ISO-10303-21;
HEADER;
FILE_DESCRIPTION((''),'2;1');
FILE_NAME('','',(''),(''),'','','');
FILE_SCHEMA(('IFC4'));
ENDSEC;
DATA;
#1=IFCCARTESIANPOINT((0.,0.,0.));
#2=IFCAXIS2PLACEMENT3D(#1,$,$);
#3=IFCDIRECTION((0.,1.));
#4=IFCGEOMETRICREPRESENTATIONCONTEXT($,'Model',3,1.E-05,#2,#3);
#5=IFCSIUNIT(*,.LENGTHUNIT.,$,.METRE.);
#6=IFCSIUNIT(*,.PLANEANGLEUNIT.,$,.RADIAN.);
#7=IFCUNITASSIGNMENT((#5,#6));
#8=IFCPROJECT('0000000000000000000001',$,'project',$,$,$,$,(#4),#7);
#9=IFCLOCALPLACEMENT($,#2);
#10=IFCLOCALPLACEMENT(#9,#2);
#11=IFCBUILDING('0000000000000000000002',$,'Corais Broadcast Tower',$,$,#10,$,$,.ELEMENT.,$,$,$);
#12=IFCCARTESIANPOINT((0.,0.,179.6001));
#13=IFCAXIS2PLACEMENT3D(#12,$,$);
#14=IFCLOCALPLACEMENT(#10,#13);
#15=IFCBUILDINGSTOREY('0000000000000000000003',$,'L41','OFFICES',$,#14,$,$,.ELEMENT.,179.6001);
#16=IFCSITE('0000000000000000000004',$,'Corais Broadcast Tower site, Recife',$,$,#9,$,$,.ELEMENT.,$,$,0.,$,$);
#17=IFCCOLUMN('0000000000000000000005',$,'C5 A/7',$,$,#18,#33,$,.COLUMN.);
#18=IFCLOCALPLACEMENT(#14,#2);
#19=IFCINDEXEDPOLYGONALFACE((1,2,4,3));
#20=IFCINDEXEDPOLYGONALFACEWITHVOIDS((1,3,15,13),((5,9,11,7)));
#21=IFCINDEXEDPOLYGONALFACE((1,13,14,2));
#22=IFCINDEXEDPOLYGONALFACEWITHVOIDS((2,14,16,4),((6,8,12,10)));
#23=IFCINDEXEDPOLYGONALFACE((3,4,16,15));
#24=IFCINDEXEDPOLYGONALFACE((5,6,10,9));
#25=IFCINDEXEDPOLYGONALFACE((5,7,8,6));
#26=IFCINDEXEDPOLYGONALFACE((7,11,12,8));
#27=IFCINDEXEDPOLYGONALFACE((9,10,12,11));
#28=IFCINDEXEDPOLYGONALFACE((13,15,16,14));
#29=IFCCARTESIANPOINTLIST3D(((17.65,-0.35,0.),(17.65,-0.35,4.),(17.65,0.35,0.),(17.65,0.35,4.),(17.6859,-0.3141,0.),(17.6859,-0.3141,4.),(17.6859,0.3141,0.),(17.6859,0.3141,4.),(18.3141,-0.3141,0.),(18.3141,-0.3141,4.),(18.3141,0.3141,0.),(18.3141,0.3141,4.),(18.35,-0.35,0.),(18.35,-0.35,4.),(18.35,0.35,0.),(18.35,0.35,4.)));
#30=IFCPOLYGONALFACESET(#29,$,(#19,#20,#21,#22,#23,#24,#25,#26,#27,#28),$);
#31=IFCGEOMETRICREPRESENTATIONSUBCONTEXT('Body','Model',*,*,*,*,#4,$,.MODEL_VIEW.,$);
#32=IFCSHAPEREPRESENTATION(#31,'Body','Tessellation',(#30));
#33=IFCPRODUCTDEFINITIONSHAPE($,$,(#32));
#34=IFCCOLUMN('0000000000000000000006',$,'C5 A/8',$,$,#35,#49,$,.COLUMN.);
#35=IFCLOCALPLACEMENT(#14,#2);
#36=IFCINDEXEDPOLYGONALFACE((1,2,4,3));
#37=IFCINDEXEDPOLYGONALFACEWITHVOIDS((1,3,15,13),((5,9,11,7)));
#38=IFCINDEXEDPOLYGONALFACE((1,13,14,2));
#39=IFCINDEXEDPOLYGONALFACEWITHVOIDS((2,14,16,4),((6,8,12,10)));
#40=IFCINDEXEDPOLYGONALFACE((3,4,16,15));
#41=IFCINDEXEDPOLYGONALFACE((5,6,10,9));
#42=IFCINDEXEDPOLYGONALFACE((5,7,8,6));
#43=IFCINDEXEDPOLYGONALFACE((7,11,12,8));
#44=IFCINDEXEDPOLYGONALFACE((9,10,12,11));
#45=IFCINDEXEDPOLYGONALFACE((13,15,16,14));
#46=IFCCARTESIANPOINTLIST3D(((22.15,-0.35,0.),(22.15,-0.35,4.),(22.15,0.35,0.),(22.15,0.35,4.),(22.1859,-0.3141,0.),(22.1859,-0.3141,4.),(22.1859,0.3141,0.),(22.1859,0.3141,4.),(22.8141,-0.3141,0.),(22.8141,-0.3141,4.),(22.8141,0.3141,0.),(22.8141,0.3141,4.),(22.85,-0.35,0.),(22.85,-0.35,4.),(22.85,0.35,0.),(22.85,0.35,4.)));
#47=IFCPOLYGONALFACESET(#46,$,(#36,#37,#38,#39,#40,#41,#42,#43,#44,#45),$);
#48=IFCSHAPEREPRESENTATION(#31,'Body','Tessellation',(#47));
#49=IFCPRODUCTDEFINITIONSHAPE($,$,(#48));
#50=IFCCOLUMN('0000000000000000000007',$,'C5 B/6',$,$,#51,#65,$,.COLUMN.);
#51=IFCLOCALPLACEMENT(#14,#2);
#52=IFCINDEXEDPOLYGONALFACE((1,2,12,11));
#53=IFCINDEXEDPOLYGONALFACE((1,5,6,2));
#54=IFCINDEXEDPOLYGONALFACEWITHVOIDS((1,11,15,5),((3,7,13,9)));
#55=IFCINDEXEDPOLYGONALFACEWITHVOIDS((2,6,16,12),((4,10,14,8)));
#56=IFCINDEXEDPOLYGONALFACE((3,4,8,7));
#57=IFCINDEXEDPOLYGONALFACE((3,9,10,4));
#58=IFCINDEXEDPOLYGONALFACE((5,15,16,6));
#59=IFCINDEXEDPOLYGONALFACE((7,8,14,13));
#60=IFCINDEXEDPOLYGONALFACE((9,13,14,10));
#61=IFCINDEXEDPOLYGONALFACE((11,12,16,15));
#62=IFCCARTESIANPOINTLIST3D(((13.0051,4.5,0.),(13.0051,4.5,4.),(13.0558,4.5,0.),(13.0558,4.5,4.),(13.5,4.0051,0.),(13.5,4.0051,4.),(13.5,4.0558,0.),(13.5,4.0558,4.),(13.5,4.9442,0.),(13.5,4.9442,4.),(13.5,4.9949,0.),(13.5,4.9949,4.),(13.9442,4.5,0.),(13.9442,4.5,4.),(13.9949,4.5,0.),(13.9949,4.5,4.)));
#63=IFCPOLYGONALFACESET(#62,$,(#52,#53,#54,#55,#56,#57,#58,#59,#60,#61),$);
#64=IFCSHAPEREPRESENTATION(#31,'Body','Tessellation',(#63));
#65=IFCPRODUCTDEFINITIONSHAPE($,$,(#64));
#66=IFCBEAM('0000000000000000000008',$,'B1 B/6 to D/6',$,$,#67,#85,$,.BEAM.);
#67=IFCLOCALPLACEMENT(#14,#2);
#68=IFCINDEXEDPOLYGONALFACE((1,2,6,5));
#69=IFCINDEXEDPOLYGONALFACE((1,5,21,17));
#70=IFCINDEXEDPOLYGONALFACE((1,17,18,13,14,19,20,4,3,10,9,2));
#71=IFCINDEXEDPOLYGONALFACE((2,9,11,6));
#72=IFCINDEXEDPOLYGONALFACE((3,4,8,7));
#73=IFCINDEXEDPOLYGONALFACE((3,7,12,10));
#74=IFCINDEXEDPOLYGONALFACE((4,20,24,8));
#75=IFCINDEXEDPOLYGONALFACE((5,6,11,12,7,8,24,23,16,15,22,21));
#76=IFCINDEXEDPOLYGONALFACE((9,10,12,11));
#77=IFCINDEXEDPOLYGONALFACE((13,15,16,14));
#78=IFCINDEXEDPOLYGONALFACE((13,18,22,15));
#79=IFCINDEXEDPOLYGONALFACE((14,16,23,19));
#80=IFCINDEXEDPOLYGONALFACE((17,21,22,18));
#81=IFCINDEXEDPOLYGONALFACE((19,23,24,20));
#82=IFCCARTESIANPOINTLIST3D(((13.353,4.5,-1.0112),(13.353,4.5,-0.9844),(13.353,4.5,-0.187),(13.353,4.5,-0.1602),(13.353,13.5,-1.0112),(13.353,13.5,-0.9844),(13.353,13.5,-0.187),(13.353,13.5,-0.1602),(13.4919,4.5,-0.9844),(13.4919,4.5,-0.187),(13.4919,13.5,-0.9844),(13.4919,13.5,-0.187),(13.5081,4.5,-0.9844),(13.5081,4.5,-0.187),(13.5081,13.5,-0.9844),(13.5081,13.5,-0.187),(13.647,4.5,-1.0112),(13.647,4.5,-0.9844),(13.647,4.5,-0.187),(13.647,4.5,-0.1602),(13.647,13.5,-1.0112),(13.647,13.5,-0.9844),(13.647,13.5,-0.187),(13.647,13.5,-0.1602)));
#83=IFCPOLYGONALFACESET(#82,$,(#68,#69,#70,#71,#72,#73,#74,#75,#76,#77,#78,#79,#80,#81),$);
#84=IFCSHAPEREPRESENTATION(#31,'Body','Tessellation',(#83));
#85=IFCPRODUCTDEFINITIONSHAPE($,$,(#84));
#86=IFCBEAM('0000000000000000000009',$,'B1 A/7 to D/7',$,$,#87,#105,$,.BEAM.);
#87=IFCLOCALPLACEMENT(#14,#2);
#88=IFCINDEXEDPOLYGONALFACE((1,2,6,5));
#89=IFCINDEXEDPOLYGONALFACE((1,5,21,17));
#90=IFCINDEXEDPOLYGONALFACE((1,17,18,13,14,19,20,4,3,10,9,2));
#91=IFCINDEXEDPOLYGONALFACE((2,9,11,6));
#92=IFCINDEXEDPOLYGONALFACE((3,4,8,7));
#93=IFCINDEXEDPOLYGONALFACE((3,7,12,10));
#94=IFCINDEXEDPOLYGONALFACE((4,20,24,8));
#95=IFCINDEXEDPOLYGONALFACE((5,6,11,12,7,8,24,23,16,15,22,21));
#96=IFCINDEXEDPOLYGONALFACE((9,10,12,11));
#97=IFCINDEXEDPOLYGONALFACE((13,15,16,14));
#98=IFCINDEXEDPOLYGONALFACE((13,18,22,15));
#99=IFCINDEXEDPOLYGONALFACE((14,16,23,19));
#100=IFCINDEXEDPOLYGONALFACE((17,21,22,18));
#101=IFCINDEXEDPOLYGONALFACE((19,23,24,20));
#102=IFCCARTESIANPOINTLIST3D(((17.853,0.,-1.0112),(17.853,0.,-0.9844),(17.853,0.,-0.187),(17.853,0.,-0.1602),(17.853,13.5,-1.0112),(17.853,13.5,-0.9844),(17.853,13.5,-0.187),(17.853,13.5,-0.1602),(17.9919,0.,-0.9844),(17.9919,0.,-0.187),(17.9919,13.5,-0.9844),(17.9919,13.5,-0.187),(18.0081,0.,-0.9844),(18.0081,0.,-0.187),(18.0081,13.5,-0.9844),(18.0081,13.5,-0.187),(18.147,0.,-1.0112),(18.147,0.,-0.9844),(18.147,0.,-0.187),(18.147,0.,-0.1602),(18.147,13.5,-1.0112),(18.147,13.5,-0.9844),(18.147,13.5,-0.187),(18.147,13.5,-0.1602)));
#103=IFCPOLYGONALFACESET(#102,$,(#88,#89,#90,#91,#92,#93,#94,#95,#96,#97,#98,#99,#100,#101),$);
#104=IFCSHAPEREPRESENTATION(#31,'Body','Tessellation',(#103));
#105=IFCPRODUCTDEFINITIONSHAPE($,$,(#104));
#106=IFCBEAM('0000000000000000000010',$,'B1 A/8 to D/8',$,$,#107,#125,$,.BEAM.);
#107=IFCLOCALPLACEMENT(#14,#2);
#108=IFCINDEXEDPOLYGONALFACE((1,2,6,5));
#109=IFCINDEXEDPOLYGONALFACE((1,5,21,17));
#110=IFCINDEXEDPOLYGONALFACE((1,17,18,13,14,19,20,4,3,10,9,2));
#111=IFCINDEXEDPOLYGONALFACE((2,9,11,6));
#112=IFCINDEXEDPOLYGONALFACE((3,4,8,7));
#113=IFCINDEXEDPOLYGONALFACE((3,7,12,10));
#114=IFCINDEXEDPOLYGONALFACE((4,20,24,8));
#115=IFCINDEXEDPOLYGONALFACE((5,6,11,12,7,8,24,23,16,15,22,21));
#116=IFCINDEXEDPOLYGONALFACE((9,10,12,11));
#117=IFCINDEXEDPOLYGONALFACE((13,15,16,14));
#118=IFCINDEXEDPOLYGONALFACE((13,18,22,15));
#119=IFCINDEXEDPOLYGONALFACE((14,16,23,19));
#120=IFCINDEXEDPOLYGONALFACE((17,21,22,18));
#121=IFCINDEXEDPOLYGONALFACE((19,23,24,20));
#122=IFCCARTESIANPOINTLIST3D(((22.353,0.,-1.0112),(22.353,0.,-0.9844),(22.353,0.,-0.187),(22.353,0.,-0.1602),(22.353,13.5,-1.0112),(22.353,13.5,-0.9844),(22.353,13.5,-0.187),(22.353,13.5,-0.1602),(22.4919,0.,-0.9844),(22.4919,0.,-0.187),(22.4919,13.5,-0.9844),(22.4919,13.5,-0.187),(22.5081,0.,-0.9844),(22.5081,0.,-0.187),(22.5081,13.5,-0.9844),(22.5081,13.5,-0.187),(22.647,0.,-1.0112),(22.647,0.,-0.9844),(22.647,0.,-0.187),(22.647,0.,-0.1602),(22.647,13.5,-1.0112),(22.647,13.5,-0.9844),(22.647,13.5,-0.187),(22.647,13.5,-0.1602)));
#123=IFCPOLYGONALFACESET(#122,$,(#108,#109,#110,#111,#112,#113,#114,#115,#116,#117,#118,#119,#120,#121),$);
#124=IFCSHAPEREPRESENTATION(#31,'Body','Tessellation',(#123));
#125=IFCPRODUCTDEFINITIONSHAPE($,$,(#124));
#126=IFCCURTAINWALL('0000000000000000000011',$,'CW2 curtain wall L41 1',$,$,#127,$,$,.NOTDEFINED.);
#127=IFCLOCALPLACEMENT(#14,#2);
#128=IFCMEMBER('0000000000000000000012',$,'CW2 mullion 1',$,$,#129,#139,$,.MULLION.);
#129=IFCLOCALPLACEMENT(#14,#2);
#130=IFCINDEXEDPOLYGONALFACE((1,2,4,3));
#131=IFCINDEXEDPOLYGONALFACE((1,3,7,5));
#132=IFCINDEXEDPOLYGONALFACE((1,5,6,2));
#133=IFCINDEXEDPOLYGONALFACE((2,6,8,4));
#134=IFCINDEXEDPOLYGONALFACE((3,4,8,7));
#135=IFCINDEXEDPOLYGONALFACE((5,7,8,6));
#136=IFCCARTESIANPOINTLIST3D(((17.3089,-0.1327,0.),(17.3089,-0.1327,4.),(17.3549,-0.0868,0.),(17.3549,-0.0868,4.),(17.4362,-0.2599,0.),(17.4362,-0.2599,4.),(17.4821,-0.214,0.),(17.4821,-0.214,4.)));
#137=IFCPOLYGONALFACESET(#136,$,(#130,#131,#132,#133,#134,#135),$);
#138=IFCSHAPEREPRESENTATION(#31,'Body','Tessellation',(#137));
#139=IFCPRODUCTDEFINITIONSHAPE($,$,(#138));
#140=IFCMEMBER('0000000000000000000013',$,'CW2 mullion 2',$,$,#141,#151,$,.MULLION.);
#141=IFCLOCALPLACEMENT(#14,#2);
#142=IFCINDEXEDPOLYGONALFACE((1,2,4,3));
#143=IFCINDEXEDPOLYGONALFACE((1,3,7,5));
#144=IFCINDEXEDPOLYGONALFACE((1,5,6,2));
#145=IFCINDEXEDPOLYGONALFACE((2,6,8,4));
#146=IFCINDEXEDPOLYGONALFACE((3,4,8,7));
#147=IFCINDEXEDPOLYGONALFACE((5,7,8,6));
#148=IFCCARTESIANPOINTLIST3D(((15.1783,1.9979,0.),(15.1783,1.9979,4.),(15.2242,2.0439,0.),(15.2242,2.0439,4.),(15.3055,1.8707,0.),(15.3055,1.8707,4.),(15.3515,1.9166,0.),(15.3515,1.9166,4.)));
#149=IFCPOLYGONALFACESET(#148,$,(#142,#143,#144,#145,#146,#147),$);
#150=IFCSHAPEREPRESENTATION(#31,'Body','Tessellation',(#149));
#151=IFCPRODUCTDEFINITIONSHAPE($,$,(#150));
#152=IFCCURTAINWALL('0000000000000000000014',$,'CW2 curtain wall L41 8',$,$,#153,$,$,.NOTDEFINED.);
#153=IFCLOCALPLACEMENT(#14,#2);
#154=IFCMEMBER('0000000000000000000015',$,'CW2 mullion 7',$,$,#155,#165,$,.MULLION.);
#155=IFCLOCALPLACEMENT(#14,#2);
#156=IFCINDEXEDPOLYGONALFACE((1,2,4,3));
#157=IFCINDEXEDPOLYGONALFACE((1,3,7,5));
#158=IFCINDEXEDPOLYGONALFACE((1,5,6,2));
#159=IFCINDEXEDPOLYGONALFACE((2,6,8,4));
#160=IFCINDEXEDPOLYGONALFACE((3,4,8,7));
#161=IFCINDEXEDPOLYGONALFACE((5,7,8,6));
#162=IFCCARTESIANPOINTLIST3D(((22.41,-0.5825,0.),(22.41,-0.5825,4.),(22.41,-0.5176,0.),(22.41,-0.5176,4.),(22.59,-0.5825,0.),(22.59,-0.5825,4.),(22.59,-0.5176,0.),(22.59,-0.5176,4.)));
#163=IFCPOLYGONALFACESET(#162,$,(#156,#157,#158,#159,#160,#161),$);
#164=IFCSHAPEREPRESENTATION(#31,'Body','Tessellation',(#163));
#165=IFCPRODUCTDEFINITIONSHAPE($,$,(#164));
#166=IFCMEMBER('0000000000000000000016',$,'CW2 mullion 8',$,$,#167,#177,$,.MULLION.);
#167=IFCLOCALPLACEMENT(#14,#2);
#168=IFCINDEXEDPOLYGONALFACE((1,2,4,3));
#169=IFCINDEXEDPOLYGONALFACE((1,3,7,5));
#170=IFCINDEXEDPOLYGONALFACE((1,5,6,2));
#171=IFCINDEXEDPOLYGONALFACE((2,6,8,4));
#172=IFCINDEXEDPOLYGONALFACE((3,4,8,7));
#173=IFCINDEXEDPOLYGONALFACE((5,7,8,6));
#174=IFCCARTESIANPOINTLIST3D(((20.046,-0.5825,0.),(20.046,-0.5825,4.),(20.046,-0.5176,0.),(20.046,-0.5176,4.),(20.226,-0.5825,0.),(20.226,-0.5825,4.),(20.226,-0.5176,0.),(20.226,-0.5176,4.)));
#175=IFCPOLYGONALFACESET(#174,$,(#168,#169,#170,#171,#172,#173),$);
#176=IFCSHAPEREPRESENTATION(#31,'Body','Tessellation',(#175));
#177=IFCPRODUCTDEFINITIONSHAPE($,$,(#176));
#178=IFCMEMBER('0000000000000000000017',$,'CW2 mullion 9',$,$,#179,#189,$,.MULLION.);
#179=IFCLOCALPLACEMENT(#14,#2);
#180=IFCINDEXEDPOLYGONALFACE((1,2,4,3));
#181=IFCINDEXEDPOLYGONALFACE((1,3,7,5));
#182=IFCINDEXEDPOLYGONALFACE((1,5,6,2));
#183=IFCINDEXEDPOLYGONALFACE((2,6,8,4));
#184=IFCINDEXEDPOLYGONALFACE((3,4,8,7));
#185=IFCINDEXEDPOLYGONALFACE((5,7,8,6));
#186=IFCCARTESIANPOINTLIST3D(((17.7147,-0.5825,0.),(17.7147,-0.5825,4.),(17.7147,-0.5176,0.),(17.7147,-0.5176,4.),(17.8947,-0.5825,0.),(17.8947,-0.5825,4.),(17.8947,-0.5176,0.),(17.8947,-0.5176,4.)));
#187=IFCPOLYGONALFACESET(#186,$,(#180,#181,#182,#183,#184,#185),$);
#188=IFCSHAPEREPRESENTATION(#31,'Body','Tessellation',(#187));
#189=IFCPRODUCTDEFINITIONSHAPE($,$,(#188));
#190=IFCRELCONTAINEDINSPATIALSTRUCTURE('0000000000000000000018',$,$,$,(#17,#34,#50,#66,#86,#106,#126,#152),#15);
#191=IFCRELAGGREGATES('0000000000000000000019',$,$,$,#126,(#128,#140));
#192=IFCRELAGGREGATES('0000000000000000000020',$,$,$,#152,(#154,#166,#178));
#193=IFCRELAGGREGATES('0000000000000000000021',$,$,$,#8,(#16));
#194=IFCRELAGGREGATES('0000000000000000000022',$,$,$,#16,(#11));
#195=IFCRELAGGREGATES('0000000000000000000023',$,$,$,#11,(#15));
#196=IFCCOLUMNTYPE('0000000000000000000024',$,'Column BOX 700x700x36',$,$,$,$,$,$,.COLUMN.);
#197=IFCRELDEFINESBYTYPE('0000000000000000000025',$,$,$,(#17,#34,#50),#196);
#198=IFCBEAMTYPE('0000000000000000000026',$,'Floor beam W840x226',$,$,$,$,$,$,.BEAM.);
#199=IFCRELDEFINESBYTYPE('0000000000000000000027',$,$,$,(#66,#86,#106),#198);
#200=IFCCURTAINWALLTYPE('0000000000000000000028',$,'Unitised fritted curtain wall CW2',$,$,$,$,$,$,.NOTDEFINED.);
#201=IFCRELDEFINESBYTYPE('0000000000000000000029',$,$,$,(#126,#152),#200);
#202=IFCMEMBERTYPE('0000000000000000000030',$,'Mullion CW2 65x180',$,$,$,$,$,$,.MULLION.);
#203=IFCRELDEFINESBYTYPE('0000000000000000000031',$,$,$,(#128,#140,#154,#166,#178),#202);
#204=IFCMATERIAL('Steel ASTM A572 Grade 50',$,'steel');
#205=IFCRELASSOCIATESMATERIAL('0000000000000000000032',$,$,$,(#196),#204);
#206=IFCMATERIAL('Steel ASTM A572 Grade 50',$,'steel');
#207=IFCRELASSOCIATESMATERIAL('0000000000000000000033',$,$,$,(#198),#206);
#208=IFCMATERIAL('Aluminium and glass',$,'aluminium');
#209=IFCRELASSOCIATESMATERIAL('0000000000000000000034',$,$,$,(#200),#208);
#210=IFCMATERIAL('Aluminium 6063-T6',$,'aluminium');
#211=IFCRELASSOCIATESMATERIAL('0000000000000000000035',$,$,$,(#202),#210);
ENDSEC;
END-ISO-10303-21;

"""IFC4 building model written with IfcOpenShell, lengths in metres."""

from ifc_helpers import new_model, si_unit, direction, frame, origin, origin_2d, place, context, subcontext, project, spatial, rectangle, hollow_rectangle, i_section, extrude, material, material_profile, profile_set, type_object, element, aggregate, save


model = new_model("IFC4")

# Units and contexts
model_context = context("Model", 3, precision=1e-05, world=origin(), true_north=direction((0.0, 1.0)))
body_context = subcontext(model_context, "Body", "Model", "MODEL_VIEW")
ifc_project = project(units=[si_unit("LENGTHUNIT", "METRE"), si_unit("PLANEANGLEUNIT", "RADIAN")], contexts=[model_context])

# Site, building, storey
site_placement = place(None, origin())
site = spatial("IfcSite", under=ifc_project, at=site_placement, Name="Corais Broadcast Tower site, Recife", CompositionType="ELEMENT", RefElevation=0.0)
building_placement = place(site_placement, origin())
building = spatial("IfcBuilding", under=site, at=building_placement, Name="Corais Broadcast Tower", CompositionType="ELEMENT")
storey_placement = place(building_placement, frame((0.0, 0.0, 179.6001)))
storey = spatial("IfcBuildingStorey", under=building, at=storey_placement, Name="L41", Description="OFFICES", CompositionType="ELEMENT", Elevation=179.6001)

# Columns
ifc_material_1 = material(Name="Steel ASTM A572 Grade 50", Category="steel")
ifc_material_profile_1 = material_profile(ifc_material_1, hollow_rectangle(XDim=0.7, YDim=0.7, WallThickness=0.0359, at=origin_2d()), Name="BOX 700x700x36")
ifc_profile_set_1 = profile_set([ifc_material_profile_1], Name="Steel ASTM A572 Grade 50")
column_type = type_object("IfcColumnType", Name="Column BOX 700x700x36", PredefinedType="COLUMN", material=ifc_profile_set_1)
for number, where, z_axis, x_axis, name in (
    (1, (18.0, 0.0, 0.0), (0.0, 0.0, 1.0), (1.0, 0.0, 0.0), "C5 A/7"),
    (2, (22.5, 0.0, 0.0), (0.0, 0.0, 1.0), (1.0, 0.0, 0.0), "C5 A/8"),
    (3, (13.5, 4.5, 0.0), (0.0, 0.0, 1.0), (0.707107, 0.707107, 0.0), "C5 B/6"),
):
    element("IfcColumn", number, at=place(storey_placement, frame(where, z_axis=z_axis, x_axis=x_axis)), inside=storey, type_object=column_type, Name=name, PredefinedType="COLUMN", context=body_context, shape_type="SweptSolid", body=[
        extrude(hollow_rectangle(XDim=0.7, YDim=0.7, WallThickness=0.0359, at=origin_2d()), origin(), (0.0, 0.0, 1.0), 4.0),
    ])

# Beams
ifc_material_2 = material(Name="Steel ASTM A572 Grade 50", Category="steel")
ifc_material_profile_2 = material_profile(ifc_material_2, i_section(OverallWidth=0.2939, OverallDepth=0.8511, WebThickness=0.0161, FlangeThickness=0.0269, at=origin_2d()), Name="W840x226")
ifc_profile_set_2 = profile_set([ifc_material_profile_2], Name="Steel ASTM A572 Grade 50")
beam_type_1 = type_object("IfcBeamType", Name="Floor beam W840x226", PredefinedType="BEAM", material=ifc_profile_set_2)
beam_1_placement = place(storey_placement, frame((13.5, 4.5, -0.5857), z_axis=(0.0, 1.0, 0.0), x_axis=(-1.0, 0.0, 0.0)))
element("IfcBeam", 4, at=beam_1_placement, inside=storey, type_object=beam_type_1, Name="B1 B/6 to D/6", PredefinedType="BEAM", context=body_context, shape_type="SweptSolid", body=[
    extrude(i_section(OverallWidth=0.2939, OverallDepth=0.8511, WebThickness=0.0161, FlangeThickness=0.0269, at=origin_2d()), origin(), (0.0, 0.0, 1.0), 9.0),
])
for number, where, z_axis, x_axis, name in (
    (5, (18.0, 0.0, -0.5857), (0.0, 1.0, 0.0), (-1.0, 0.0, 0.0), "B1 A/7 to D/7"),
    (6, (22.5, 0.0, -0.5857), (0.0, 1.0, 0.0), (-1.0, 0.0, 0.0), "B1 A/8 to D/8"),
):
    element("IfcBeam", number, at=place(storey_placement, frame(where, z_axis=z_axis, x_axis=x_axis)), inside=storey, type_object=beam_type_1, Name=name, PredefinedType="BEAM", context=body_context, shape_type="SweptSolid", body=[
        extrude(i_section(OverallWidth=0.2939, OverallDepth=0.8511, WebThickness=0.0161, FlangeThickness=0.0269, at=origin_2d()), origin(), (0.0, 0.0, 1.0), 13.5),
    ])

# Curtain walls, members
ifc_material_3 = material(Name="Aluminium and glass", Category="aluminium")
curtain_wall_type = type_object("IfcCurtainWallType", Name="Unitised fritted curtain wall CW2", PredefinedType="NOTDEFINED", material=ifc_material_3)
curtain_wall_1_placement = place(storey_placement, origin())
curtain_wall_1 = element("IfcCurtainWall", 7, at=curtain_wall_1_placement, inside=storey, type_object=curtain_wall_type, Name="CW2 curtain wall L41 1", PredefinedType="NOTDEFINED")
ifc_material_4 = material(Name="Aluminium 6063-T6", Category="aluminium")
ifc_material_profile_3 = material_profile(ifc_material_4, rectangle(XDim=0.0649, YDim=0.1799, at=origin_2d()), Name="Mullion CW2 65x180")
ifc_profile_set_3 = profile_set([ifc_material_profile_3], Name="Aluminium 6063-T6")
member_type_1 = type_object("IfcMemberType", Name="Mullion CW2 65x180", PredefinedType="MULLION", material=ifc_profile_set_3)
member_1_placement = place(storey_placement, frame((17.3955, -0.1733, 0.0), z_axis=(0.0, 0.0, 1.0), x_axis=(-0.707107, -0.707107, 0.0)))
member_1 = element("IfcMember", 8, at=member_1_placement, type_object=member_type_1, Name="CW2 mullion 1", PredefinedType="MULLION", context=body_context, shape_type="SweptSolid", body=[
    extrude(rectangle(XDim=0.0649, YDim=0.1799, at=origin_2d()), origin(), (0.0, 0.0, 1.0), 4.0),
])
member_2_placement = place(storey_placement, frame((15.2649, 1.9573, 0.0), z_axis=(0.0, 0.0, 1.0), x_axis=(-0.707107, -0.707107, 0.0)))
member_2 = element("IfcMember", 9, at=member_2_placement, type_object=member_type_1, Name="CW2 mullion 2", PredefinedType="MULLION", context=body_context, shape_type="SweptSolid", body=[
    extrude(rectangle(XDim=0.0649, YDim=0.1799, at=origin_2d()), origin(), (0.0, 0.0, 1.0), 4.0),
])
curtain_wall_2_placement = place(storey_placement, origin())
curtain_wall_2 = element("IfcCurtainWall", 10, at=curtain_wall_2_placement, inside=storey, type_object=curtain_wall_type, Name="CW2 curtain wall L41 8", PredefinedType="NOTDEFINED")
member_3_placement = place(storey_placement, frame((22.5, -0.55, 0.0), z_axis=(0.0, 0.0, 1.0), x_axis=(0.0, -1.0, 0.0)))
member_3 = element("IfcMember", 11, at=member_3_placement, type_object=member_type_1, Name="CW2 mullion 7", PredefinedType="MULLION", context=body_context, shape_type="SweptSolid", body=[
    extrude(rectangle(XDim=0.0649, YDim=0.1799, at=origin_2d()), origin(), (0.0, 0.0, 1.0), 4.0),
])
member_4_placement = place(storey_placement, frame((20.136, -0.55, 0.0), z_axis=(0.0, 0.0, 1.0), x_axis=(0.0, -1.0, 0.0)))
member_4 = element("IfcMember", 12, at=member_4_placement, type_object=member_type_1, Name="CW2 mullion 8", PredefinedType="MULLION", context=body_context, shape_type="SweptSolid", body=[
    extrude(rectangle(XDim=0.0649, YDim=0.1799, at=origin_2d()), origin(), (0.0, 0.0, 1.0), 4.0),
])
member_5_placement = place(storey_placement, frame((17.8047, -0.55, 0.0), z_axis=(0.0, 0.0, 1.0), x_axis=(0.0, -1.0, 0.0)))
member_5 = element("IfcMember", 13, at=member_5_placement, type_object=member_type_1, Name="CW2 mullion 9", PredefinedType="MULLION", context=body_context, shape_type="SweptSolid", body=[
    extrude(rectangle(XDim=0.0649, YDim=0.1799, at=origin_2d()), origin(), (0.0, 0.0, 1.0), 4.0),
])

aggregate(curtain_wall_1, [member_1, member_2])
aggregate(curtain_wall_2, [member_3, member_4, member_5])

save(model, "model.ifc")
